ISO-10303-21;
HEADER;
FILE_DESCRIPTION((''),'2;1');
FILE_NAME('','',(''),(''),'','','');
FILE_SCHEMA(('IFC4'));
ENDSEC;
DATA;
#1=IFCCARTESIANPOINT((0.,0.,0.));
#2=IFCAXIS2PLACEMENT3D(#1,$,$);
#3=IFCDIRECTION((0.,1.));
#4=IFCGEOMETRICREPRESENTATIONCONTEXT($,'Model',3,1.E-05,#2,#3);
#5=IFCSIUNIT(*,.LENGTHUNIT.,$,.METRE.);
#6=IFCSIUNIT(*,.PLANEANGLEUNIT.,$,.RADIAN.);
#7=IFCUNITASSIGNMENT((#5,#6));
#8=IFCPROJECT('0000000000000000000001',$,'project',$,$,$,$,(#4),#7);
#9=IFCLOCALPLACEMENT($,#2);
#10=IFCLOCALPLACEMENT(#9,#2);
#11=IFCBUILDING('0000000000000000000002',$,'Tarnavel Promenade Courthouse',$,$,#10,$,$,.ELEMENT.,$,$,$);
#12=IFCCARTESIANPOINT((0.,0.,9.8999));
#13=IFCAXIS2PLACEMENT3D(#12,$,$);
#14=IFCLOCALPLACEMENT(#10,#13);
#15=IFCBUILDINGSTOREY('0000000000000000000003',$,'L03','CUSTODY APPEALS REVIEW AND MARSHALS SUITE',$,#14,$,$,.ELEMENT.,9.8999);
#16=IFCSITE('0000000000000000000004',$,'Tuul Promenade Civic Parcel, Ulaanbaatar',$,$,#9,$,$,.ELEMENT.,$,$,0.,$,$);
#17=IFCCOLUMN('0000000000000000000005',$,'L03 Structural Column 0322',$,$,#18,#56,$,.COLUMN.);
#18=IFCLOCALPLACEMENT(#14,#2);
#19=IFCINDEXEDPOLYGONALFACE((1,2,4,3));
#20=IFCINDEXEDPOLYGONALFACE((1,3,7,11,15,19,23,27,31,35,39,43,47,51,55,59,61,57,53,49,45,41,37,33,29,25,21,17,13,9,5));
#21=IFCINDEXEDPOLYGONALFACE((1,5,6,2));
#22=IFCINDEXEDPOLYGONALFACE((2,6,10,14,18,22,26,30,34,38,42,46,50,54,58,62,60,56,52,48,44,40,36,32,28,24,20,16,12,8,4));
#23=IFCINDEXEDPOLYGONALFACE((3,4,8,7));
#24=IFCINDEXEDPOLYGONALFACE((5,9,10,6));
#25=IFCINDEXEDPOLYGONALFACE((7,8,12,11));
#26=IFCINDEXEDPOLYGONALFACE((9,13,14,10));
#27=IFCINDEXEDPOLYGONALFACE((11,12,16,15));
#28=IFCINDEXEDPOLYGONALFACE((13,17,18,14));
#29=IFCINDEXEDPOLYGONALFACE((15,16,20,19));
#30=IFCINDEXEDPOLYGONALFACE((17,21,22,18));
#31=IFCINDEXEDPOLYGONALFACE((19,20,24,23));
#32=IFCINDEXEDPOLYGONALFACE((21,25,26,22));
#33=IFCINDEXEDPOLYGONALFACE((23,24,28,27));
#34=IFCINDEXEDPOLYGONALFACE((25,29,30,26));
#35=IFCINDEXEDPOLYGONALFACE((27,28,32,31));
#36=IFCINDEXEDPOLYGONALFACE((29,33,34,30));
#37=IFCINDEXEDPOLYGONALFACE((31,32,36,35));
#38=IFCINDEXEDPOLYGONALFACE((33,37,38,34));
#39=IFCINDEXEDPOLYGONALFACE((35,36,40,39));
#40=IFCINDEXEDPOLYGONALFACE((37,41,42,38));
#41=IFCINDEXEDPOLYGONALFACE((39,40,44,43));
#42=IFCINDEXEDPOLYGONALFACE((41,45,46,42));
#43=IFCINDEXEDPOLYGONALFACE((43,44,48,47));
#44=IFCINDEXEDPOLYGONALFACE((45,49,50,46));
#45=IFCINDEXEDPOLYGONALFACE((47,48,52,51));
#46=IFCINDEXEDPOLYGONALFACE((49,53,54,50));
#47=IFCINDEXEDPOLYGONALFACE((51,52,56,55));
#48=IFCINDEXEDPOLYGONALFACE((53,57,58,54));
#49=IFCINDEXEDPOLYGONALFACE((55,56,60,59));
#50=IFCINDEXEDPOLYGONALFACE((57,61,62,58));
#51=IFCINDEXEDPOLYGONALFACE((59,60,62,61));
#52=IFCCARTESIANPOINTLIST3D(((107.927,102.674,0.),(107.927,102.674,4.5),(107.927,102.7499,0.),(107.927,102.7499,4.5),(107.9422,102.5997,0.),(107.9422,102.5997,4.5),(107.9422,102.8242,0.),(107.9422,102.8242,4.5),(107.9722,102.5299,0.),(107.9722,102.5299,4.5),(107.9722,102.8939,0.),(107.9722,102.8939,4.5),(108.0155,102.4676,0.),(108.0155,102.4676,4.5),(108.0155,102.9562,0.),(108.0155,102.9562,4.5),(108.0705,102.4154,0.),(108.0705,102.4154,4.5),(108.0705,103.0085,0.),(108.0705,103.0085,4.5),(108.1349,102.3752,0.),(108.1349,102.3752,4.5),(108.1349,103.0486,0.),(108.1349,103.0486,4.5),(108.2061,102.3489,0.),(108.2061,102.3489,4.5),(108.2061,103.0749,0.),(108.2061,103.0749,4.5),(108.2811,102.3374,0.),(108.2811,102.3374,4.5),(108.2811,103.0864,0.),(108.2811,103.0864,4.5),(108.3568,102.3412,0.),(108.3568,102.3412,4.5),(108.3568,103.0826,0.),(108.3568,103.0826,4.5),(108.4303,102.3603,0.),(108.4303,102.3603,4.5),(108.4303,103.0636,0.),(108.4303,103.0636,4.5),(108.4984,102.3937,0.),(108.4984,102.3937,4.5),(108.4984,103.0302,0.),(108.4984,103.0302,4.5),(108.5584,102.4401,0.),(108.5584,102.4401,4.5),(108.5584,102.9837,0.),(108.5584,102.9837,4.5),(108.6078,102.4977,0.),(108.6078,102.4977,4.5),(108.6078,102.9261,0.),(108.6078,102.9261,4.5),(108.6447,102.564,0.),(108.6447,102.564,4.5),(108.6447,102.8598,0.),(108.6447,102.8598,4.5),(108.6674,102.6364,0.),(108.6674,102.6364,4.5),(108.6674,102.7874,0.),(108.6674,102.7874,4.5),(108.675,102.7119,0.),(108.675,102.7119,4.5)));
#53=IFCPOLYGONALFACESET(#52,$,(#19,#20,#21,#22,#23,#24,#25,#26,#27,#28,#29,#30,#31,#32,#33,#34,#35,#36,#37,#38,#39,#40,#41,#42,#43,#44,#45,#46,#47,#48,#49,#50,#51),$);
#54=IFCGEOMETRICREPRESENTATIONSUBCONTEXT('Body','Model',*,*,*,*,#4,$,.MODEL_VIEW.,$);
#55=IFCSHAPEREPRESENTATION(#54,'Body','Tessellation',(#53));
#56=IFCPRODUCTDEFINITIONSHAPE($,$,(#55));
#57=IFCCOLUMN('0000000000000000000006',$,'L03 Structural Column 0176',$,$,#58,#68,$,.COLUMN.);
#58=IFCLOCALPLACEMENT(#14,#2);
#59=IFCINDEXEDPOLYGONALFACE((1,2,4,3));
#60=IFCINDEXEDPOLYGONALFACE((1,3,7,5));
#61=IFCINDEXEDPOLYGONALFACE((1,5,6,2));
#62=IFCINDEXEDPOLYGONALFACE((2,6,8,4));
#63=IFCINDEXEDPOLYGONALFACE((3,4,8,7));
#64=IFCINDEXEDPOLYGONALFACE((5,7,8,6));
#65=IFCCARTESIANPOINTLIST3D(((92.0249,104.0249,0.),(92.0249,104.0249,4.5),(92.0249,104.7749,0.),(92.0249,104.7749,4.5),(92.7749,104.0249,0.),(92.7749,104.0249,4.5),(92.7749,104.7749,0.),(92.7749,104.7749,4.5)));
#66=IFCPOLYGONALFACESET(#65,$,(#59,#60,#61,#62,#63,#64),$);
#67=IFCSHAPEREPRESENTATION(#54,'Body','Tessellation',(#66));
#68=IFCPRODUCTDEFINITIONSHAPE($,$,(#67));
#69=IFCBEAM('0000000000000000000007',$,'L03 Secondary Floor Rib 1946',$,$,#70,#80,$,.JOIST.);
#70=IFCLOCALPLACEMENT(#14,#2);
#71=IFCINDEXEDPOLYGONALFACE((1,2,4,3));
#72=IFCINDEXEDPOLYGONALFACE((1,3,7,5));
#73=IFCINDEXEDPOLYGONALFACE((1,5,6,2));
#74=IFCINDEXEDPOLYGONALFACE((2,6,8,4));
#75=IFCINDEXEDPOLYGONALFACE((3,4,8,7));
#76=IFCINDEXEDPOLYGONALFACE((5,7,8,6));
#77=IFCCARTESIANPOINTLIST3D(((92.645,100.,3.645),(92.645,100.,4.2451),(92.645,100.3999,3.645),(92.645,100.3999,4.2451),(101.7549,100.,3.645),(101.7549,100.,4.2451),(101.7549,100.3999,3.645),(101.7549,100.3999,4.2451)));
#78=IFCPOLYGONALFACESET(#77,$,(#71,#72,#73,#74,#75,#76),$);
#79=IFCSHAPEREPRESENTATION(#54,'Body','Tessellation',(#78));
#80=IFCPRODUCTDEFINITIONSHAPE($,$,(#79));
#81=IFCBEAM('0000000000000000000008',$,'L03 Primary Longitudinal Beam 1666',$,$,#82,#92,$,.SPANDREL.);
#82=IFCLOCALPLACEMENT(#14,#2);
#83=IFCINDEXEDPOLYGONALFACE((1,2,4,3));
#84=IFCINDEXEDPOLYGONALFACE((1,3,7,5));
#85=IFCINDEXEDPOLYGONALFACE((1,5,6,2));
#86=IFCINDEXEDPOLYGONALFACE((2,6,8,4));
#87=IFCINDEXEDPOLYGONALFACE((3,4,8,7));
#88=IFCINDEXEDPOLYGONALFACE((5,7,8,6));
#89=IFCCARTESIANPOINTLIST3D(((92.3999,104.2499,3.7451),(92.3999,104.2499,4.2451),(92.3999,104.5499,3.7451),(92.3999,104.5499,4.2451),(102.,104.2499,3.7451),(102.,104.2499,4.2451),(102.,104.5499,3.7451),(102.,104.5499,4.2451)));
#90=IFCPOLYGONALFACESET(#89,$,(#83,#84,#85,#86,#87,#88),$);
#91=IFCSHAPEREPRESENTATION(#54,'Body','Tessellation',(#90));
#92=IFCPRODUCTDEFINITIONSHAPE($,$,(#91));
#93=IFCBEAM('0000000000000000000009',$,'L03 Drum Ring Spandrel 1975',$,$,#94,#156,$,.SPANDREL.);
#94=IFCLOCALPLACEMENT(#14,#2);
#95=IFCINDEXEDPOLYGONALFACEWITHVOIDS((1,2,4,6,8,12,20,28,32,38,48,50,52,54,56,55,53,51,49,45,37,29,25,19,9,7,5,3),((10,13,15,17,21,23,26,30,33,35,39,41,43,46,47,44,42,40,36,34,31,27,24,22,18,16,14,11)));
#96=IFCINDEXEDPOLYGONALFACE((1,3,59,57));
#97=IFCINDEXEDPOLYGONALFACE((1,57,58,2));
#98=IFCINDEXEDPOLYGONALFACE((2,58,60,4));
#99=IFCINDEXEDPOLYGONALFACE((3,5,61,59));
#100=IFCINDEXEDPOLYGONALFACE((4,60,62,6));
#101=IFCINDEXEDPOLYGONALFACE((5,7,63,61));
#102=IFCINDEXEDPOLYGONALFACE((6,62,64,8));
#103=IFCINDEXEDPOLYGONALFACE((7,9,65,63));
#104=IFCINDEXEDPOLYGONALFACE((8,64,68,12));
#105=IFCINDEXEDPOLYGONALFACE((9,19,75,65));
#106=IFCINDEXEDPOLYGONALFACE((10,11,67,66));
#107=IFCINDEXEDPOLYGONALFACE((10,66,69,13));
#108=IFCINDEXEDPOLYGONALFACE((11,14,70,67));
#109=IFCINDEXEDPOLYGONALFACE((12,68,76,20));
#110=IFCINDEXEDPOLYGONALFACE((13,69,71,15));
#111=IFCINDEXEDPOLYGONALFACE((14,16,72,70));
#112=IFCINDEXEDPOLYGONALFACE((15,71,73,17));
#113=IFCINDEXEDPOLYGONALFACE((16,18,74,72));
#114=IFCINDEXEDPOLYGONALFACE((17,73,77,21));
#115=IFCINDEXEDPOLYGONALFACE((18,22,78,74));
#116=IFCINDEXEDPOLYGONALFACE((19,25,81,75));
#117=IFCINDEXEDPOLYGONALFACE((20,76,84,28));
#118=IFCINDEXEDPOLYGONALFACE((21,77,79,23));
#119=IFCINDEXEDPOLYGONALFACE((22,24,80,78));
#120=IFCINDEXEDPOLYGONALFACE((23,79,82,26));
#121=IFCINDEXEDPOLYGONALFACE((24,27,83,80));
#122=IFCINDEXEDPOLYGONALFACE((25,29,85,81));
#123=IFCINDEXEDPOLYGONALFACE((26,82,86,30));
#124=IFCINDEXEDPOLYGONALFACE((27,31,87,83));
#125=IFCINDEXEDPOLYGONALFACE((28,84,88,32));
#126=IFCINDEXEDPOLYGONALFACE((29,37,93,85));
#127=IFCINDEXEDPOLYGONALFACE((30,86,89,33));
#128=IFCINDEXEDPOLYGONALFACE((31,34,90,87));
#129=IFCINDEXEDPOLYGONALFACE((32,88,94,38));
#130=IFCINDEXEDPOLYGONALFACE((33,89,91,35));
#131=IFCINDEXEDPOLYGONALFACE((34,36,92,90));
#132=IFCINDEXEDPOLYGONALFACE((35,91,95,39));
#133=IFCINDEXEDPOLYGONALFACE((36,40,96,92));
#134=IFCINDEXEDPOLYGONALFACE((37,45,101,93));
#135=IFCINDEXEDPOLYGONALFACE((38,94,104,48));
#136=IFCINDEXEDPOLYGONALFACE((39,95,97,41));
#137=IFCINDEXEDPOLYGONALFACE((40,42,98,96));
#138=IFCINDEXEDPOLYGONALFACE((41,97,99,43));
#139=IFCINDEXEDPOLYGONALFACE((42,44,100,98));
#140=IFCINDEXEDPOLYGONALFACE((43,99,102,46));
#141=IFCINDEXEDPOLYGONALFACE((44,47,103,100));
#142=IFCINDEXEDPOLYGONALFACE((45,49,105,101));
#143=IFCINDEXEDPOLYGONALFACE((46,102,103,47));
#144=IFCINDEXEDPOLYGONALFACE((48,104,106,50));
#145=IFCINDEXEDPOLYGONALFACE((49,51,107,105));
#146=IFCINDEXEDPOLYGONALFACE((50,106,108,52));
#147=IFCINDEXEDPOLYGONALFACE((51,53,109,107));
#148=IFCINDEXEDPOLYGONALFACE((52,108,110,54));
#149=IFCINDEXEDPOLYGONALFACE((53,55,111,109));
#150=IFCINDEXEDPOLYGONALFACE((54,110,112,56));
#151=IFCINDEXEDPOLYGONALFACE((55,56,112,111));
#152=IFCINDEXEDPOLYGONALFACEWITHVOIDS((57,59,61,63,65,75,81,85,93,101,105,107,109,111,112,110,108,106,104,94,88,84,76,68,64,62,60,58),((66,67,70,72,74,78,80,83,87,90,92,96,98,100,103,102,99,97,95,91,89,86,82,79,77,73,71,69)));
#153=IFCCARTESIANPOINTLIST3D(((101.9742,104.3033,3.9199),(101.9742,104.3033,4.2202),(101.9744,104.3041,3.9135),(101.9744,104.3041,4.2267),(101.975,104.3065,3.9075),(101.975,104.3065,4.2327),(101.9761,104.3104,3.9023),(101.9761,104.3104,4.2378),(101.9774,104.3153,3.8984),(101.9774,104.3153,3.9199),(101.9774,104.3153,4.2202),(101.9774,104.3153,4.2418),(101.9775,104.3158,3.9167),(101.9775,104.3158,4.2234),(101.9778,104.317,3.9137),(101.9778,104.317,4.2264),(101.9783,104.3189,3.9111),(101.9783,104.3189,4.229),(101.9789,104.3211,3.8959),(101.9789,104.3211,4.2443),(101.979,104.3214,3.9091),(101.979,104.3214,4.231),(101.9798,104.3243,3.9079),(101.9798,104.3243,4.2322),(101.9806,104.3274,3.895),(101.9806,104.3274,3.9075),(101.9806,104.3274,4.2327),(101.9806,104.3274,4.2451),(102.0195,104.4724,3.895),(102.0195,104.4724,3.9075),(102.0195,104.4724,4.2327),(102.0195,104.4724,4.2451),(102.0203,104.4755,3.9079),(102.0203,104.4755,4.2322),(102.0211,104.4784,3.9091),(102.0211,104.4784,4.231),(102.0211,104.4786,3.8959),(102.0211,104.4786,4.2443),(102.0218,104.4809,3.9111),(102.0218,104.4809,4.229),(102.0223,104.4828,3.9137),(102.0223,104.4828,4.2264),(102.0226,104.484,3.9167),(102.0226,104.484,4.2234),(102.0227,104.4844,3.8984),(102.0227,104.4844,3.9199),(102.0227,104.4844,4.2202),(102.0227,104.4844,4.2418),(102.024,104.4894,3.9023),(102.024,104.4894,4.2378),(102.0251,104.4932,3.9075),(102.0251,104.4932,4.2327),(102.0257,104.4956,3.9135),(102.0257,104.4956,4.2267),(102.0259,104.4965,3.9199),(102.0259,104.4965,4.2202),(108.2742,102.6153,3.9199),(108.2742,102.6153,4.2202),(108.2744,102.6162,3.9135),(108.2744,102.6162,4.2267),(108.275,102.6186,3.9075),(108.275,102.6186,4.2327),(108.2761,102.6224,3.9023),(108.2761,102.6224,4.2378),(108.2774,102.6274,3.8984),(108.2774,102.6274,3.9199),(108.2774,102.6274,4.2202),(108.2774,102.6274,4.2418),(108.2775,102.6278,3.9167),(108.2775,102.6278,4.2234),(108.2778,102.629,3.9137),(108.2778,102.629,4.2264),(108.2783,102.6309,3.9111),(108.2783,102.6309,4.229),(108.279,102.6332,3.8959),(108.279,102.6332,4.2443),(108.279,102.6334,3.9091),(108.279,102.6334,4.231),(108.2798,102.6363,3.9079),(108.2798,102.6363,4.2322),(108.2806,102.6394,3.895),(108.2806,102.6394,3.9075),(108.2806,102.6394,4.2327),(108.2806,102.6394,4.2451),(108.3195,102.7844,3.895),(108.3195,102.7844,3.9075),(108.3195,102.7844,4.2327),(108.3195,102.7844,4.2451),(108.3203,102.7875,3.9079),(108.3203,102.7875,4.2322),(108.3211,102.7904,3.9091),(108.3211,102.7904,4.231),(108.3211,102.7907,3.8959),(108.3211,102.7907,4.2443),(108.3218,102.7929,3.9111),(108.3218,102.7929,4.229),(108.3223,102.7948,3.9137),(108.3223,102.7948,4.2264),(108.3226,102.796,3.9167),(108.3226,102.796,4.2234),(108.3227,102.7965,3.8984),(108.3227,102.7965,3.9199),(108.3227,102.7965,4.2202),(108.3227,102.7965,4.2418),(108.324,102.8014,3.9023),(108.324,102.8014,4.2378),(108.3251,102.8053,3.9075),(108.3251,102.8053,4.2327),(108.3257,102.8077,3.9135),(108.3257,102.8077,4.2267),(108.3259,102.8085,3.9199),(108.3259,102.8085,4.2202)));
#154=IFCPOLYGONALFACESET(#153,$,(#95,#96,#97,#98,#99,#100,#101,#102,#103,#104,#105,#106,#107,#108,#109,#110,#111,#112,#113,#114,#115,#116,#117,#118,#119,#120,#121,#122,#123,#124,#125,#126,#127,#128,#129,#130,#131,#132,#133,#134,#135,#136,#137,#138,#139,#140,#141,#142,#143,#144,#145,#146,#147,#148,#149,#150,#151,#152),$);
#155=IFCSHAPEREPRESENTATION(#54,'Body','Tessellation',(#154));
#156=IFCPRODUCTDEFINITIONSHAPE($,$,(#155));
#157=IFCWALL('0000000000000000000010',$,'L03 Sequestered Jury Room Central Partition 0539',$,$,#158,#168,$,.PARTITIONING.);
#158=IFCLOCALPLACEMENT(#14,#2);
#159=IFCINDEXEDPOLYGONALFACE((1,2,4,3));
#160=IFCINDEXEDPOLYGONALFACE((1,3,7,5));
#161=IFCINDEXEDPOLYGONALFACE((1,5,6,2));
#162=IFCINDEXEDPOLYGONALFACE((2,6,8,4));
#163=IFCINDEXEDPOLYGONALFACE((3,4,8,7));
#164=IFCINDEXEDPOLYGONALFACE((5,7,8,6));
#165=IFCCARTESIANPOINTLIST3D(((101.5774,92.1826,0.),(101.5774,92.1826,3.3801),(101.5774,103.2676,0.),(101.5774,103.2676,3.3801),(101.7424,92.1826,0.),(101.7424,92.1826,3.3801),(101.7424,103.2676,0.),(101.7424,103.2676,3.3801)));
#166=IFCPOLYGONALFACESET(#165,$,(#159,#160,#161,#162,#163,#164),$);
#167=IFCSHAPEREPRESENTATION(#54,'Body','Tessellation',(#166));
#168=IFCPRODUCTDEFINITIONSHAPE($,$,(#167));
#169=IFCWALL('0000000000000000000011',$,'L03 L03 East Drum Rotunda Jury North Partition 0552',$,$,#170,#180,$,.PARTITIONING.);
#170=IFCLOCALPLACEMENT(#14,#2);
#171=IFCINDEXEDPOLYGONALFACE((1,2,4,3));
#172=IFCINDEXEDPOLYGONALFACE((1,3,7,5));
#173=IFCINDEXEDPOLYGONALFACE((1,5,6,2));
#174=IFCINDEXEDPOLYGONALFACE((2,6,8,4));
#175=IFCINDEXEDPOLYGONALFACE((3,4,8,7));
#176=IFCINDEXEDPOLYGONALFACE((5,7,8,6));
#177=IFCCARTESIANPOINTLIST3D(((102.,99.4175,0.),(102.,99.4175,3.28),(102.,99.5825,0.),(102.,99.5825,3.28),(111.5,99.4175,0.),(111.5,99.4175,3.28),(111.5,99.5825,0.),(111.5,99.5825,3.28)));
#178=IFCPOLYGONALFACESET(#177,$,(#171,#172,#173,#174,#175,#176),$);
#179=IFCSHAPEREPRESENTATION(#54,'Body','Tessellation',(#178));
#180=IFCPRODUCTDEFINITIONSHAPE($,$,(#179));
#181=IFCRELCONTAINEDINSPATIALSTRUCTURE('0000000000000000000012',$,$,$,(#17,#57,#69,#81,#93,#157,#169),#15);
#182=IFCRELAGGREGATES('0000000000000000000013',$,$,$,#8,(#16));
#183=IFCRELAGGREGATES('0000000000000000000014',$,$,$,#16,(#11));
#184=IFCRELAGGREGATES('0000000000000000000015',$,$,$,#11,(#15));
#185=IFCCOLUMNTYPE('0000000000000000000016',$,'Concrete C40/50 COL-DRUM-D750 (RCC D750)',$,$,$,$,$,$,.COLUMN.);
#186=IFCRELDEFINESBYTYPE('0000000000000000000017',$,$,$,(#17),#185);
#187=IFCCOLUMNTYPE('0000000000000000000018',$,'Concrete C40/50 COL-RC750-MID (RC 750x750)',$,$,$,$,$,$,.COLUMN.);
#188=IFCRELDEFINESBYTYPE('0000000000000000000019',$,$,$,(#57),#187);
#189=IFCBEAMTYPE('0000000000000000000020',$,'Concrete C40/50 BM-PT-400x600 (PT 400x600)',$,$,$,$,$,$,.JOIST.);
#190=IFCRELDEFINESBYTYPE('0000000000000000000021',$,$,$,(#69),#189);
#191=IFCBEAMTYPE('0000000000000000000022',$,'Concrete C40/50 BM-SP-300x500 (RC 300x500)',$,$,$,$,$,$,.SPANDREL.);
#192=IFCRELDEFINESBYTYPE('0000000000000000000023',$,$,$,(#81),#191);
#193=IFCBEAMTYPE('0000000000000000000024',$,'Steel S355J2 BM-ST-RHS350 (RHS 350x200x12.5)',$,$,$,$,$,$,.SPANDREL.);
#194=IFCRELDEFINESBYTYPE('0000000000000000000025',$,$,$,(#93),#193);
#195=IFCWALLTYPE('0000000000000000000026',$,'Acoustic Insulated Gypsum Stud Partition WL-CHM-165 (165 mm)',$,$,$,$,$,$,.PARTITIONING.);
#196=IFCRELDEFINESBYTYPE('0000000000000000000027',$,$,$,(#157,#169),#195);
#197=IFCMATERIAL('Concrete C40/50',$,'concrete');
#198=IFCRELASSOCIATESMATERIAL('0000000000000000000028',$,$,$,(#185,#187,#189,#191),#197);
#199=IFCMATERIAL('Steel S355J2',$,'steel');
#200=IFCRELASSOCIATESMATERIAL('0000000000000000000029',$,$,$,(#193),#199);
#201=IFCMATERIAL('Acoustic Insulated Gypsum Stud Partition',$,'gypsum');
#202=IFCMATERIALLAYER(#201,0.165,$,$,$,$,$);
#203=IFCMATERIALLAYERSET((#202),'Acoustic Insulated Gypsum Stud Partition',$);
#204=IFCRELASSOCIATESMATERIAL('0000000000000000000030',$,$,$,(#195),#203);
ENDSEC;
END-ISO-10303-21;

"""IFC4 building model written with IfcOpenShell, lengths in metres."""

from ifc_helpers import new_model, si_unit, direction, frame, frame_2d, origin, origin_2d, place, context, subcontext, project, spatial, rectangle, hollow_rectangle, circle, extrude, material, layer, layer_set, material_profile, profile_set, type_object, element, save


model = new_model("IFC4")

# Units and contexts
model_context = context("Model", 3, precision=1e-05, world=origin(), true_north=direction((0.0, 1.0)))
body_context = subcontext(model_context, "Body", "Model", "MODEL_VIEW")
ifc_project = project(units=[si_unit("LENGTHUNIT", "METRE"), si_unit("PLANEANGLEUNIT", "RADIAN")], contexts=[model_context])

# Site, building, storey
site_placement = place(None, origin())
site = spatial("IfcSite", under=ifc_project, at=site_placement, Name="Tuul Promenade Civic Parcel, Ulaanbaatar", CompositionType="ELEMENT", RefElevation=0.0)
building_placement = place(site_placement, origin())
building = spatial("IfcBuilding", under=site, at=building_placement, Name="Tarnavel Promenade Courthouse", CompositionType="ELEMENT")
storey_placement = place(building_placement, frame((0.0, 0.0, 9.8999)))
storey = spatial("IfcBuildingStorey", under=building, at=storey_placement, Name="L03", Description="CUSTODY APPEALS REVIEW AND MARSHALS SUITE", CompositionType="ELEMENT", Elevation=9.8999)

# Columns
ifc_material_1 = material(Name="Concrete C40/50", Category="concrete")
ifc_material_profile_1 = material_profile(ifc_material_1, circle(Radius=0.375, at=origin_2d()), Name="RCC D750")
ifc_profile_set_1 = profile_set([ifc_material_profile_1], Name="Concrete C40/50")
column_type_1 = type_object("IfcColumnType", Name="Concrete C40/50 COL-DRUM-D750 (RCC D750)", PredefinedType="COLUMN", material=ifc_profile_set_1)
column_1_placement = place(storey_placement, frame((108.3, 102.7119, 0.0), z_axis=(0.0, 0.0, 1.0), x_axis=(1.0, 0.0, 0.0)))
element("IfcColumn", 1, at=column_1_placement, inside=storey, type_object=column_type_1, Name="L03 Structural Column 0322", PredefinedType="COLUMN", context=body_context, shape_type="SweptSolid", body=[
    extrude(circle(Radius=0.375, at=origin_2d()), origin(), (0.0, 0.0, 1.0), 4.5),
])
ifc_material_profile_2 = material_profile(ifc_material_1, rectangle(XDim=0.75, YDim=0.75, at=origin_2d()), Name="RC 750x750")
ifc_profile_set_2 = profile_set([ifc_material_profile_2], Name="Concrete C40/50")
column_type_2 = type_object("IfcColumnType", Name="Concrete C40/50 COL-RC750-MID (RC 750x750)", PredefinedType="COLUMN", material=ifc_profile_set_2)
column_2_placement = place(storey_placement, frame((92.3999, 104.3999, 0.0), z_axis=(0.0, 0.0, 1.0), x_axis=(1.0, 0.0, 0.0)))
element("IfcColumn", 2, at=column_2_placement, inside=storey, type_object=column_type_2, Name="L03 Structural Column 0176", PredefinedType="COLUMN", context=body_context, shape_type="SweptSolid", body=[
    extrude(rectangle(XDim=0.75, YDim=0.75, at=origin_2d()), origin(), (0.0, 0.0, 1.0), 4.5),
])

# Beams
ifc_material_profile_3 = material_profile(ifc_material_1, rectangle(XDim=0.3999, YDim=0.6001, at=origin_2d()), Name="PT 400x600")
ifc_profile_set_3 = profile_set([ifc_material_profile_3], Name="Concrete C40/50")
beam_type_1 = type_object("IfcBeamType", Name="Concrete C40/50 BM-PT-400x600 (PT 400x600)", PredefinedType="JOIST", material=ifc_profile_set_3)
beam_1_placement = place(storey_placement, frame((92.645, 100.2, 3.9451), z_axis=(1.0, 0.0, 0.0), x_axis=(0.0, 1.0, 0.0)))
element("IfcBeam", 3, at=beam_1_placement, inside=storey, type_object=beam_type_1, Name="L03 Secondary Floor Rib 1946", PredefinedType="JOIST", context=body_context, shape_type="SweptSolid", body=[
    extrude(rectangle(XDim=0.3999, YDim=0.6001, at=origin_2d()), origin(), (0.0, 0.0, 1.0), 9.1099),
])
ifc_material_profile_4 = material_profile(ifc_material_1, rectangle(XDim=0.3, YDim=0.5, at=origin_2d()), Name="RC 300x500")
ifc_profile_set_4 = profile_set([ifc_material_profile_4], Name="Concrete C40/50")
beam_type_2 = type_object("IfcBeamType", Name="Concrete C40/50 BM-SP-300x500 (RC 300x500)", PredefinedType="SPANDREL", material=ifc_profile_set_4)
beam_2_placement = place(storey_placement, frame((92.3999, 104.3999, 3.9951), z_axis=(1.0, 0.0, 0.0), x_axis=(0.0, 1.0, 0.0)))
element("IfcBeam", 4, at=beam_2_placement, inside=storey, type_object=beam_type_2, Name="L03 Primary Longitudinal Beam 1666", PredefinedType="SPANDREL", context=body_context, shape_type="SweptSolid", body=[
    extrude(rectangle(XDim=0.3, YDim=0.5, at=origin_2d()), origin(), (0.0, 0.0, 1.0), 9.6001),
])
ifc_material_2 = material(Name="Steel S355J2", Category="steel")
ifc_material_profile_5 = material_profile(ifc_material_2, hollow_rectangle(XDim=0.2, YDim=0.3501, WallThickness=0.0125, InnerFilletRadius=0.0125, OuterFilletRadius=0.0249, at=origin_2d()), Name="RHS 350x200x12.5")
ifc_profile_set_5 = profile_set([ifc_material_profile_5], Name="Steel S355J2")
beam_type_3 = type_object("IfcBeamType", Name="Steel S355J2 BM-ST-RHS350 (RHS 350x200x12.5)", PredefinedType="SPANDREL", material=ifc_profile_set_5)
beam_3_placement = place(storey_placement, frame((108.3, 102.7119, 4.0701), z_axis=(-0.96593, 0.258804, 0.0), x_axis=(-0.258804, -0.96593, 0.0)))
element("IfcBeam", 5, at=beam_3_placement, inside=storey, type_object=beam_type_3, Name="L03 Drum Ring Spandrel 1975", PredefinedType="SPANDREL", context=body_context, shape_type="SweptSolid", body=[
    extrude(hollow_rectangle(XDim=0.2, YDim=0.3501, WallThickness=0.0125, InnerFilletRadius=0.0125, OuterFilletRadius=0.0249, at=origin_2d()), origin(), (0.0, 0.0, 1.0), 6.5222),
])

# Walls
ifc_material_3 = material(Name="Acoustic Insulated Gypsum Stud Partition", Category="gypsum")
ifc_layer_1 = layer(ifc_material_3, 0.165)
ifc_layer_set_1 = layer_set([ifc_layer_1], Name="Acoustic Insulated Gypsum Stud Partition")
wall_type_1 = type_object("IfcWallType", Name="Acoustic Insulated Gypsum Stud Partition WL-CHM-165 (165 mm)", PredefinedType="PARTITIONING", material=ifc_layer_set_1)
wall_1_placement = place(storey_placement, frame((101.6599, 103.2676, 0.0), z_axis=(0.0, 0.0, 1.0), x_axis=(0.0, -1.0, 0.0)))
element("IfcWall", 6, at=wall_1_placement, inside=storey, type_object=wall_type_1, Name="L03 Sequestered Jury Room Central Partition 0539", PredefinedType="PARTITIONING", context=body_context, shape_type="SweptSolid", body=[
    extrude(rectangle(XDim=11.085, YDim=0.165, at=frame_2d((5.5425, 0.0))), origin(), (0.0, 0.0, 1.0), 3.3801),
])
wall_2_placement = place(storey_placement, frame((102.0, 99.5, 0.0), z_axis=(0.0, 0.0, 1.0), x_axis=(1.0, 0.0, 0.0)))
element("IfcWall", 7, at=wall_2_placement, inside=storey, type_object=wall_type_1, Name="L03 L03 East Drum Rotunda Jury North Partition 0552", PredefinedType="PARTITIONING", context=body_context, shape_type="SweptSolid", body=[
    extrude(rectangle(XDim=9.5, YDim=0.165, at=frame_2d((4.75, 0.0))), origin(), (0.0, 0.0, 1.0), 3.28),
])

save(model, "model.ifc")
